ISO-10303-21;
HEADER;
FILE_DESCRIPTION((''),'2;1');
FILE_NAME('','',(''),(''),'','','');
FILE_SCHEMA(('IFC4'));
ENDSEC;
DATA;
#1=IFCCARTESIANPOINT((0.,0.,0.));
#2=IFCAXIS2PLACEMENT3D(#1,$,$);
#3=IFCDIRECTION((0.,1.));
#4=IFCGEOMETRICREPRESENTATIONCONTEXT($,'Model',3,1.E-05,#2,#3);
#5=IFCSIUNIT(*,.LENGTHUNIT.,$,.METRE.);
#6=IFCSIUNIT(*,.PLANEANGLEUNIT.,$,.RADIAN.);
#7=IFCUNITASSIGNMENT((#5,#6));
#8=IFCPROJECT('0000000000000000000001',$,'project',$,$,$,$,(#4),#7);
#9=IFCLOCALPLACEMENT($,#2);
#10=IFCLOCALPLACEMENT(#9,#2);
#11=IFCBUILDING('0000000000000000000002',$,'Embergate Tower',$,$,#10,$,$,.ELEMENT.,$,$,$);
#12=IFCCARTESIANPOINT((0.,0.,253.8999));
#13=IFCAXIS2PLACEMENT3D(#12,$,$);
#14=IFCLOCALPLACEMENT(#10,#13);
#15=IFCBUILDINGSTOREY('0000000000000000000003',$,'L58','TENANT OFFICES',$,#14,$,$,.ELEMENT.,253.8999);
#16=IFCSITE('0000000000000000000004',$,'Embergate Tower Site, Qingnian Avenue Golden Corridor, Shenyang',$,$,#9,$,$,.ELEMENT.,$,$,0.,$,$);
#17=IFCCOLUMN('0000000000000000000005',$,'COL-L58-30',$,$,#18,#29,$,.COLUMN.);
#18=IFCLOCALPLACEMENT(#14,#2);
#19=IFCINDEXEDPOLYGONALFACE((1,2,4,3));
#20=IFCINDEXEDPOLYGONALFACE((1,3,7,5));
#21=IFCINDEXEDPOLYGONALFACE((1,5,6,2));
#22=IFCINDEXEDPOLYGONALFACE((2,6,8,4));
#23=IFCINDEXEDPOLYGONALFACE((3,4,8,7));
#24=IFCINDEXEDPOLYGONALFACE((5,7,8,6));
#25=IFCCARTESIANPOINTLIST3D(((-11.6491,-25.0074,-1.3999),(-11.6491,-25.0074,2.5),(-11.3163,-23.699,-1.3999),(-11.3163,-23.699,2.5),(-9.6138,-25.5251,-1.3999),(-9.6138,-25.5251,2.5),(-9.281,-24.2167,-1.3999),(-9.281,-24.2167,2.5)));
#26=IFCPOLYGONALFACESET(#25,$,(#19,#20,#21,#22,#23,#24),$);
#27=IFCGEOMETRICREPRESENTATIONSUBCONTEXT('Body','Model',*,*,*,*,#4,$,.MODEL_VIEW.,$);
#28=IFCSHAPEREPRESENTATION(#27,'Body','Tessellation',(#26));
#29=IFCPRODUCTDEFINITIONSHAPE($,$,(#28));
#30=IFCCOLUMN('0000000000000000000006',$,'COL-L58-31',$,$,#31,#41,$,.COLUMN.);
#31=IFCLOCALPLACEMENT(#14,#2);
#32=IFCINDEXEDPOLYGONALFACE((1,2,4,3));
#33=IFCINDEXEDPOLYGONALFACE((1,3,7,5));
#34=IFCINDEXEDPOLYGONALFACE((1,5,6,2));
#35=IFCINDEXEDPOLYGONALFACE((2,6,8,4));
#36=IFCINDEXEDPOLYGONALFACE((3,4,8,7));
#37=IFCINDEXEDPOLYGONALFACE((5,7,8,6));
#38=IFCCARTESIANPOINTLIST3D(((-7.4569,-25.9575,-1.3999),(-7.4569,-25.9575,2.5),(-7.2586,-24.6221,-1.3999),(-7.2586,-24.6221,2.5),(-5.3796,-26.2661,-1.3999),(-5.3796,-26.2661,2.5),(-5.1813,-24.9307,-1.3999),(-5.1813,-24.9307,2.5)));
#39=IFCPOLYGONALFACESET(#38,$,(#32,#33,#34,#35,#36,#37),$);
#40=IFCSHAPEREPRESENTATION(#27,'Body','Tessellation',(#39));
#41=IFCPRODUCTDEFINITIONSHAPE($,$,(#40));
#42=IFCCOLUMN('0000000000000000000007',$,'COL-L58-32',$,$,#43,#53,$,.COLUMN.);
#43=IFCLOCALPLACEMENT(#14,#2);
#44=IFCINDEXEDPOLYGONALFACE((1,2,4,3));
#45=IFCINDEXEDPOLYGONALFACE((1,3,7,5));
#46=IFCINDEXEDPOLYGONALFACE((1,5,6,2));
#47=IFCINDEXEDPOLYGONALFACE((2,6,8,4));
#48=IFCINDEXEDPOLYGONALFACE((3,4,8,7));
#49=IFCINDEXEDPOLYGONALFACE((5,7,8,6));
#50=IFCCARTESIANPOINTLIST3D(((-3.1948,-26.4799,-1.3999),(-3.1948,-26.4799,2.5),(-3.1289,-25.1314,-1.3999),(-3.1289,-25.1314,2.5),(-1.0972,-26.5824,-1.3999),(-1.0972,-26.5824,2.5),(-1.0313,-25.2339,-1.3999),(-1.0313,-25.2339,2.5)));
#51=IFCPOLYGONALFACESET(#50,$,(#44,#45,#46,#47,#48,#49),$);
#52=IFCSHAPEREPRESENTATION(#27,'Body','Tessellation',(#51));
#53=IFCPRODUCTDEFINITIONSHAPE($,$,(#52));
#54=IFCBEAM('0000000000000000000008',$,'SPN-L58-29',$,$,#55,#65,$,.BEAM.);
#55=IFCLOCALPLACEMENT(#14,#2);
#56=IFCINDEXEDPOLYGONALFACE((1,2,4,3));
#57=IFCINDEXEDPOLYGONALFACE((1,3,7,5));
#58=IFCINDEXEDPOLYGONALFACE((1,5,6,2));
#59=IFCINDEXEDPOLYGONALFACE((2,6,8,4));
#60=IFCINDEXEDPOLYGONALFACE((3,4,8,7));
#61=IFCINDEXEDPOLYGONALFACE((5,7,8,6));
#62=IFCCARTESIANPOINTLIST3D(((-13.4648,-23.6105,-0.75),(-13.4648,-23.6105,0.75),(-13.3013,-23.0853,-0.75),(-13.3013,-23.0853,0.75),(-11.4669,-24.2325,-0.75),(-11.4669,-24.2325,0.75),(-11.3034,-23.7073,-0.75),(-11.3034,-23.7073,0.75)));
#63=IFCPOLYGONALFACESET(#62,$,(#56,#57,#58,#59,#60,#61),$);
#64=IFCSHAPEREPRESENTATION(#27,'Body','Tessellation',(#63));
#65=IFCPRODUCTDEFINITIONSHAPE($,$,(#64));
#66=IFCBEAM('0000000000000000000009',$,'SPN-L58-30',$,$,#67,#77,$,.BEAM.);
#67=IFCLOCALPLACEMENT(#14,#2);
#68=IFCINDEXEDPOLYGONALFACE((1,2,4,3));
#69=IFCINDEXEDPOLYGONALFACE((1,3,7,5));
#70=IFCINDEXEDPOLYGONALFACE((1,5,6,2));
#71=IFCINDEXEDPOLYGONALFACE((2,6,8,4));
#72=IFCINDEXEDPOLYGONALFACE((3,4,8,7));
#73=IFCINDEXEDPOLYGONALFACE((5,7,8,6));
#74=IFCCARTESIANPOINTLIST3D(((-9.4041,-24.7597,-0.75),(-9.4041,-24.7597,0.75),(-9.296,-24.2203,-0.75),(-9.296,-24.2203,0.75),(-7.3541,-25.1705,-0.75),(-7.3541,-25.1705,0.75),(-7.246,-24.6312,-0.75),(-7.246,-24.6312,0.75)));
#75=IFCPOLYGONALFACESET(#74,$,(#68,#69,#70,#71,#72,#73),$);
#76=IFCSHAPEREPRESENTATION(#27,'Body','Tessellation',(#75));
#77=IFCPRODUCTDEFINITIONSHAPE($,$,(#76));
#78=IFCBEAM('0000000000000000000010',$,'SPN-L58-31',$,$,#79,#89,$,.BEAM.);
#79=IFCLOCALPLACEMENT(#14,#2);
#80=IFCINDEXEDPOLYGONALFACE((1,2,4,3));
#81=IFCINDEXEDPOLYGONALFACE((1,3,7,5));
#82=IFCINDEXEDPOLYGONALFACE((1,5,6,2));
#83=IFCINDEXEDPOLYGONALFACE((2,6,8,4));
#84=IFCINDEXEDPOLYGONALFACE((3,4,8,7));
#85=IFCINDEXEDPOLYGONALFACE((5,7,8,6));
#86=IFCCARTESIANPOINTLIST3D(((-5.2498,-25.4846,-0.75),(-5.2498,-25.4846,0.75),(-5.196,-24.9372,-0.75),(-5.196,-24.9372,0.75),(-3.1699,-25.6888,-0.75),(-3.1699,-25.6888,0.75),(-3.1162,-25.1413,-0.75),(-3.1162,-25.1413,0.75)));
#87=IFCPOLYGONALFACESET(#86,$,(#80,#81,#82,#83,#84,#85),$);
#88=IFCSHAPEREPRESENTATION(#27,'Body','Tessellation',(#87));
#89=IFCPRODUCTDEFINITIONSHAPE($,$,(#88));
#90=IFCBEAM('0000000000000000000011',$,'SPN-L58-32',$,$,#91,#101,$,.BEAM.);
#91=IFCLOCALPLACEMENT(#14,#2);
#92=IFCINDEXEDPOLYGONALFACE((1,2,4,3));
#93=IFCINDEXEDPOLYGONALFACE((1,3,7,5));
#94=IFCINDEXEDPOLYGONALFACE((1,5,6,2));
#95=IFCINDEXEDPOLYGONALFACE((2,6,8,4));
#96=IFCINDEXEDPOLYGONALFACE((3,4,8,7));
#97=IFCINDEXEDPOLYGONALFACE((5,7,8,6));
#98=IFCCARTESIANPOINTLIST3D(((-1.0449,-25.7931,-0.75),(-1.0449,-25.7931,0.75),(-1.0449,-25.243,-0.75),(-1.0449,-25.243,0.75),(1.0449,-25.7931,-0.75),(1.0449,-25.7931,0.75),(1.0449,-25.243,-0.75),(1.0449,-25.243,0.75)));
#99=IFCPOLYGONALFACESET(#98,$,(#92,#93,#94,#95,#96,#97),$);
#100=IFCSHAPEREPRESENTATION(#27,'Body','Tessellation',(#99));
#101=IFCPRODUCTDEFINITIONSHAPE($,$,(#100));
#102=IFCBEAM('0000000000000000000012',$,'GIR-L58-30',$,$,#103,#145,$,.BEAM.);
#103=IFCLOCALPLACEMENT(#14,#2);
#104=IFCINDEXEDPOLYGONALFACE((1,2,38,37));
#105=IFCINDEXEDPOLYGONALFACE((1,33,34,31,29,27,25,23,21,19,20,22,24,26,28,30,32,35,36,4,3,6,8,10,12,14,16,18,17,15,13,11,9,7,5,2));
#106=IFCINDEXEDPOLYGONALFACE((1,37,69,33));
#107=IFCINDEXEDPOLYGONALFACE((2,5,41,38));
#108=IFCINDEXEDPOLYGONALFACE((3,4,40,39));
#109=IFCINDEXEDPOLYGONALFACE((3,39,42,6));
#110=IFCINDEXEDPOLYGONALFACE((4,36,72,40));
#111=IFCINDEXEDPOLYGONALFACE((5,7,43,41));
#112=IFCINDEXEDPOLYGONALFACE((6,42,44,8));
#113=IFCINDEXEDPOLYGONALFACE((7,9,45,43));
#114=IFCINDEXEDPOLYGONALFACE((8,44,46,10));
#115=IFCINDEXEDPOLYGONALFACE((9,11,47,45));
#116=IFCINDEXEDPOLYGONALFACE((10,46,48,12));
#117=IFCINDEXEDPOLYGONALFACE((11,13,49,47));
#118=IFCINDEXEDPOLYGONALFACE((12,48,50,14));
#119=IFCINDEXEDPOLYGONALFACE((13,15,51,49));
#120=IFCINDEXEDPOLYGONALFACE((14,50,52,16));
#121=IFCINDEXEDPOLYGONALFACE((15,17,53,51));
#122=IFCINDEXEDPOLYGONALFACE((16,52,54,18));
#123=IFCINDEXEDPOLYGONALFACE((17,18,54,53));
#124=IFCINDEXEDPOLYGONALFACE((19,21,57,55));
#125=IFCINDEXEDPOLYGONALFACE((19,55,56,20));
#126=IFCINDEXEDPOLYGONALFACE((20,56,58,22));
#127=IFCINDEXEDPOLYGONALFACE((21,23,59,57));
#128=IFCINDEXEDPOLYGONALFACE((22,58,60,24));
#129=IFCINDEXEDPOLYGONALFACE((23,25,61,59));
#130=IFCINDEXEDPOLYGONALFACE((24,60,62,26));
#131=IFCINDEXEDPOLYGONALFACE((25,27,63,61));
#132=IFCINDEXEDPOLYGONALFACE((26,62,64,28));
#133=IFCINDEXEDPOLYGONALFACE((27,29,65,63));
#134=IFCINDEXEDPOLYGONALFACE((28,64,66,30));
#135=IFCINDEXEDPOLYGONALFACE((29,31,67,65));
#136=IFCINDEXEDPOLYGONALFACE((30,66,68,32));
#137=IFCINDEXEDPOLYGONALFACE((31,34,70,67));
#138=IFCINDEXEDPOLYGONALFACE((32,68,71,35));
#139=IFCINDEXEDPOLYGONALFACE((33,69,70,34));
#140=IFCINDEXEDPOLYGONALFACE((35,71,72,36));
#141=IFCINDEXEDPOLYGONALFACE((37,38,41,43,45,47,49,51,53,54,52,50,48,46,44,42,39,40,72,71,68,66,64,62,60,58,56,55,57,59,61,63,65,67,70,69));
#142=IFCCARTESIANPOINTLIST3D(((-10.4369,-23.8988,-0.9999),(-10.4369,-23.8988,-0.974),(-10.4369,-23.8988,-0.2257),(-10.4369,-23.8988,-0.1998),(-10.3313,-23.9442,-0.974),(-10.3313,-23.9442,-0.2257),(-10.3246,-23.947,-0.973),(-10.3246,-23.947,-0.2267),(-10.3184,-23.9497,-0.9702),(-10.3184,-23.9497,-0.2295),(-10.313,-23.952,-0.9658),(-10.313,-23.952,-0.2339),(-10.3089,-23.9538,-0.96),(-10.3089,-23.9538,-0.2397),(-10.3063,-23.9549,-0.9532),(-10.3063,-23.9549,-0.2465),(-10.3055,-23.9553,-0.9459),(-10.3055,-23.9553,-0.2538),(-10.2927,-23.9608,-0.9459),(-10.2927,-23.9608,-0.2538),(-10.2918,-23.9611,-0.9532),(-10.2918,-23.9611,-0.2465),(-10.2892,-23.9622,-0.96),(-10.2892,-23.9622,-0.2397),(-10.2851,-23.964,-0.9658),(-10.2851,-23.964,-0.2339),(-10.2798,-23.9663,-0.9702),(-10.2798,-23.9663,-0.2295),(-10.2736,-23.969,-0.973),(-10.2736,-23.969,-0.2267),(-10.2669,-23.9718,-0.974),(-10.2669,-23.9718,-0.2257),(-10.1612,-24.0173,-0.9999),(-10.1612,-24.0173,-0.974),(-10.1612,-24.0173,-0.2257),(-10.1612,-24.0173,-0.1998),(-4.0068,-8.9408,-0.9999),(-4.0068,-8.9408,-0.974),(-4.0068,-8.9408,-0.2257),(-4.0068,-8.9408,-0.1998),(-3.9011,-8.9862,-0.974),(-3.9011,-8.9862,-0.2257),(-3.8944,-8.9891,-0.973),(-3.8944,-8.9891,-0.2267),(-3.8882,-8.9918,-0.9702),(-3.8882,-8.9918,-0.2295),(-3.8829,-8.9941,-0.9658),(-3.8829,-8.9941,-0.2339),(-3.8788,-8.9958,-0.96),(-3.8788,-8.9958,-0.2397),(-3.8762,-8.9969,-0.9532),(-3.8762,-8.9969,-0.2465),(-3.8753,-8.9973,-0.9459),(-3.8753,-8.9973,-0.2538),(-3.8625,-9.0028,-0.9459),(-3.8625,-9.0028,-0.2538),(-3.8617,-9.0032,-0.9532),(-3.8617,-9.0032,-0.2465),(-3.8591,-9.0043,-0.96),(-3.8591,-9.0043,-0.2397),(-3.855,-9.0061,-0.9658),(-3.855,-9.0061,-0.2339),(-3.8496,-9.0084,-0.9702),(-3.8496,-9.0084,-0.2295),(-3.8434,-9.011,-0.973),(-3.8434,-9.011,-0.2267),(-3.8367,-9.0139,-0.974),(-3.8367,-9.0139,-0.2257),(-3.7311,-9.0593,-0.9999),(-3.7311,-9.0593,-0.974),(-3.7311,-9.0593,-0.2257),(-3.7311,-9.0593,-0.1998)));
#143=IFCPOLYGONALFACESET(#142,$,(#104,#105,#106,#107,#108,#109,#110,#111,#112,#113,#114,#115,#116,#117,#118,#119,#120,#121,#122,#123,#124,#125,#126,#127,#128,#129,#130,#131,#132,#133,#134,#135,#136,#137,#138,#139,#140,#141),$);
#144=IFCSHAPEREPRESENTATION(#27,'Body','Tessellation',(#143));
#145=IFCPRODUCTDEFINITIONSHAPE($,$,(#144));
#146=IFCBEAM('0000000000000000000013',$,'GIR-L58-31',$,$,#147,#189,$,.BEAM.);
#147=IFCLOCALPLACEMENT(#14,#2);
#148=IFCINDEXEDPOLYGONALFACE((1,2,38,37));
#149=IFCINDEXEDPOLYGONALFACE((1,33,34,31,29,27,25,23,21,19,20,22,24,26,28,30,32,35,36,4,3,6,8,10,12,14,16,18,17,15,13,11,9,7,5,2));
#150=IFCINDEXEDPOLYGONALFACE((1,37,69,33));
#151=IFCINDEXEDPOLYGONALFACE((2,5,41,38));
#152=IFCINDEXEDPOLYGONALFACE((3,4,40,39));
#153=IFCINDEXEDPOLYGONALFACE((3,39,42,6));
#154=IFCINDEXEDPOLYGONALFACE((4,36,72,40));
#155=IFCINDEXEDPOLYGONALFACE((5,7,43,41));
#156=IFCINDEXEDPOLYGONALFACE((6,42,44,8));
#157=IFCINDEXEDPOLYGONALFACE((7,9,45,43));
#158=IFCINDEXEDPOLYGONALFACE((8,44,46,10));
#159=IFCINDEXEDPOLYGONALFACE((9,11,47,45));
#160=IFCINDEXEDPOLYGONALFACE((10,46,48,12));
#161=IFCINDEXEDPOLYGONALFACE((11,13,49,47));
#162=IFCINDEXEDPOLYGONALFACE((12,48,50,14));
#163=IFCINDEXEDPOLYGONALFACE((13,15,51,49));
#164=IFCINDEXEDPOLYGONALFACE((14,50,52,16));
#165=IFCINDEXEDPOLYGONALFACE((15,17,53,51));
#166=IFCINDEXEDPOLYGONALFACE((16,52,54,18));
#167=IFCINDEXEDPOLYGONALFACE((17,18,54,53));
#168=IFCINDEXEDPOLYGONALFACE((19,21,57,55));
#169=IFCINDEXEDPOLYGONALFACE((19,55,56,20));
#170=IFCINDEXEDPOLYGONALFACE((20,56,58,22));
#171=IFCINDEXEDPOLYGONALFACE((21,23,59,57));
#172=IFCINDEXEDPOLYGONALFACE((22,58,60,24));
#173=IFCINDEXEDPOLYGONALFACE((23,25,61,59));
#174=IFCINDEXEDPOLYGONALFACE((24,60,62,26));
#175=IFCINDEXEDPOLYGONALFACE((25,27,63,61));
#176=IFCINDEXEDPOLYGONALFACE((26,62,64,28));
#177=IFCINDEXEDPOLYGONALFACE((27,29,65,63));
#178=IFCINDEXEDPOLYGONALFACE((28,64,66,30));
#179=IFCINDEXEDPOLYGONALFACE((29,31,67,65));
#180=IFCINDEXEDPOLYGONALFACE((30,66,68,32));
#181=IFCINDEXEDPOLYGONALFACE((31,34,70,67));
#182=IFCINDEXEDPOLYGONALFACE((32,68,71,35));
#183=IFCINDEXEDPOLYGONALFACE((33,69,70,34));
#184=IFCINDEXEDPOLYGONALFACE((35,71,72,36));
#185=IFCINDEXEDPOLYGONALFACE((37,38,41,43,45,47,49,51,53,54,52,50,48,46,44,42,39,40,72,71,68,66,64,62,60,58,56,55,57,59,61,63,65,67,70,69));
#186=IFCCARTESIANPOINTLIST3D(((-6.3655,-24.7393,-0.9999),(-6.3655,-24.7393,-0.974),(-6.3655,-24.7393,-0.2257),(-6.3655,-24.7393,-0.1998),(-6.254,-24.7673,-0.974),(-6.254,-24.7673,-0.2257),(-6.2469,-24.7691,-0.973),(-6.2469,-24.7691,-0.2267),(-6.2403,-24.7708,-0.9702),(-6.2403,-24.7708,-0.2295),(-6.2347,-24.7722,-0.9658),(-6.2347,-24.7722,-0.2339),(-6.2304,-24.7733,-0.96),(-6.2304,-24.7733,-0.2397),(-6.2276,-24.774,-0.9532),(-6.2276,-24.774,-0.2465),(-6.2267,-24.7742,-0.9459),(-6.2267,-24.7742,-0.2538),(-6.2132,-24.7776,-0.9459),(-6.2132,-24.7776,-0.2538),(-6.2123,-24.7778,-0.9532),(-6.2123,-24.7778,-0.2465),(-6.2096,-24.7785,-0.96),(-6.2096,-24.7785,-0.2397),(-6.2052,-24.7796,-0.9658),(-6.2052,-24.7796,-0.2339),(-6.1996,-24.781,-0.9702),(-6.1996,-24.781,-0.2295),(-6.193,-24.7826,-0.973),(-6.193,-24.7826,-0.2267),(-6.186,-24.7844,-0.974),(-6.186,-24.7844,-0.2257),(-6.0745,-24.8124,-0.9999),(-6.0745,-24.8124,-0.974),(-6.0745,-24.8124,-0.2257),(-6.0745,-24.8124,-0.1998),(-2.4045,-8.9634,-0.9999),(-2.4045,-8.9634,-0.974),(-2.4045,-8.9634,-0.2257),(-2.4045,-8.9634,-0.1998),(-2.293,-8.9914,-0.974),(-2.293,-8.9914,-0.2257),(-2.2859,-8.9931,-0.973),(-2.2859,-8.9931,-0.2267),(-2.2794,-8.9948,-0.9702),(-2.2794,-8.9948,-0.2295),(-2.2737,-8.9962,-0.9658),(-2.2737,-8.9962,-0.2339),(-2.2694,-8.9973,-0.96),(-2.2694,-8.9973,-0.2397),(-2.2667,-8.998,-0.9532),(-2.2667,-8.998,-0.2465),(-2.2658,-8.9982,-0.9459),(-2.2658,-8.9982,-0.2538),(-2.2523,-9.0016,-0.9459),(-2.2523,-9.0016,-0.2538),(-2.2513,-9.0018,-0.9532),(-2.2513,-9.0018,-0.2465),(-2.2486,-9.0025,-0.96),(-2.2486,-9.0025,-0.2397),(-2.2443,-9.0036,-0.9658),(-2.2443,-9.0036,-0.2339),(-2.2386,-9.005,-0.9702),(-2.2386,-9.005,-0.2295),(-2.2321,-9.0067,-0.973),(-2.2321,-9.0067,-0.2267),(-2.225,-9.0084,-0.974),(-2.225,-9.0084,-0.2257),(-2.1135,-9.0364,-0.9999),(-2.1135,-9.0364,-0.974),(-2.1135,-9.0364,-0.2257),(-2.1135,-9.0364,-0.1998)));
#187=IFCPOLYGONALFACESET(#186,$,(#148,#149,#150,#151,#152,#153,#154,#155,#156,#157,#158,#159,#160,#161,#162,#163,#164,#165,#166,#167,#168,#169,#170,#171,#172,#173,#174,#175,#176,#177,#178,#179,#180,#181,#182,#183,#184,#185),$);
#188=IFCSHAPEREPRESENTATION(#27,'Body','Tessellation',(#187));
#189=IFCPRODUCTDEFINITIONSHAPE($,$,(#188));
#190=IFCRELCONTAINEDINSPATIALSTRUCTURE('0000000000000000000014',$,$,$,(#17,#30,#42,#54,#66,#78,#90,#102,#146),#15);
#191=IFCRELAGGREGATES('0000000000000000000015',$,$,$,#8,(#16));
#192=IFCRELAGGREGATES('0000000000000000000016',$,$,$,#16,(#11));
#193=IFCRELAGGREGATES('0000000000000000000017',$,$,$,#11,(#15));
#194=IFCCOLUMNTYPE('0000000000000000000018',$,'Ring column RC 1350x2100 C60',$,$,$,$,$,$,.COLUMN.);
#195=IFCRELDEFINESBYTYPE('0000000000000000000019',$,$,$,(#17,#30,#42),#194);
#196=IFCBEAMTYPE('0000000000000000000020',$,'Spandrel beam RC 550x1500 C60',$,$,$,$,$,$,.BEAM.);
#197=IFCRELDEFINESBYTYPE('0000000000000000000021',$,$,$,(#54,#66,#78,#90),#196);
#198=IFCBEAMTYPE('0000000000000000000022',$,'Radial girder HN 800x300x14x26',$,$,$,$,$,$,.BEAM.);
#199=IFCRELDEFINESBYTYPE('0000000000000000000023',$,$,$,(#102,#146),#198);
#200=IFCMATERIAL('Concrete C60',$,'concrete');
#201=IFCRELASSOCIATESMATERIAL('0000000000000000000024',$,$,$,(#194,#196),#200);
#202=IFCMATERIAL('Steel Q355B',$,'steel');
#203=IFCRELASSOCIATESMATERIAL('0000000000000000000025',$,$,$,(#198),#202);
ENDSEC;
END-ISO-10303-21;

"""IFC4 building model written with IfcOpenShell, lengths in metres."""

from ifc_helpers import new_model, si_unit, direction, frame, origin, origin_2d, place, context, subcontext, project, spatial, rectangle, i_section, extrude, source, transform, mapped, material, material_profile, profile_set, type_object, element, save


model = new_model("IFC4")

# Units and contexts
model_context = context("Model", 3, precision=1e-05, world=origin(), true_north=direction((0.0, 1.0)))
body_context = subcontext(model_context, "Body", "Model", "MODEL_VIEW")
ifc_project = project(units=[si_unit("LENGTHUNIT", "METRE"), si_unit("PLANEANGLEUNIT", "RADIAN")], contexts=[model_context])

# Site, building, storey
site_placement = place(None, origin())
site = spatial("IfcSite", under=ifc_project, at=site_placement, Name="Embergate Tower Site, Qingnian Avenue Golden Corridor, Shenyang", CompositionType="ELEMENT", RefElevation=0.0)
building_placement = place(site_placement, origin())
building = spatial("IfcBuilding", under=site, at=building_placement, Name="Embergate Tower", CompositionType="ELEMENT")
storey_placement = place(building_placement, frame((0.0, 0.0, 253.8999)))
storey = spatial("IfcBuildingStorey", under=building, at=storey_placement, Name="L58", Description="TENANT OFFICES", CompositionType="ELEMENT", Elevation=253.8999)

# Columns
ifc_material_1 = material(Name="Concrete C60", Category="concrete")
ifc_material_profile_1 = material_profile(ifc_material_1, rectangle(XDim=1.3501, YDim=2.1001, at=origin_2d()), Name="RC 1350x2100")
ifc_profile_set_1 = profile_set([ifc_material_profile_1], Name="Concrete C60")
column_type = type_object("IfcColumnType", Name="Ring column RC 1350x2100 C60", PredefinedType="COLUMN", material=ifc_profile_set_1)
shared_shape_1 = source(origin(), body_context, "Body", "SweptSolid", [
    extrude(rectangle(XDim=1.3501, YDim=2.1001, at=origin_2d()), origin(), (0.0, 0.0, 1.0), 3.8999),
])
for number, where, z_axis, x_axis, name in (
    (1, (-10.4651, -24.6121, -1.3999), (0.0, 0.0, 1.0), (-0.246509, -0.969141, 0.0), "COL-L58-30"),
    (2, (-6.3191, -25.4441, -1.3999), (0.0, 0.0, 1.0), (-0.146929, -0.989147, 0.0), "COL-L58-31"),
    (3, (-2.113, -25.8569, -1.3999), (0.0, 0.0, 1.0), (-0.048815, -0.998808, 0.0), "COL-L58-32"),
):
    element("IfcColumn", number, at=place(storey_placement, frame(where, z_axis=z_axis, x_axis=x_axis)), inside=storey, type_object=column_type, Name=name, PredefinedType="COLUMN", context=body_context, shape_type="MappedRepresentation", body=[
        mapped(shared_shape_1, transform((0.0, 0.0, 0.0))),
    ])

# Beams
ifc_material_profile_2 = material_profile(ifc_material_1, rectangle(XDim=0.55, YDim=1.5, at=origin_2d()), Name="RC 550x1500")
ifc_profile_set_2 = profile_set([ifc_material_profile_2], Name="Concrete C60")
beam_type_1 = type_object("IfcBeamType", Name="Spandrel beam RC 550x1500 C60", PredefinedType="BEAM", material=ifc_profile_set_2)
shared_shape_2 = source(origin(), body_context, "Body", "SweptSolid", [
    extrude(rectangle(XDim=0.55, YDim=1.5, at=origin_2d()), origin(), (0.0, 0.0, 1.0), 2.0925),
])
beam_1_placement = place(storey_placement, frame((-13.3831, -23.3479, 0.0), z_axis=(0.954795, -0.297265, 0.0), x_axis=(0.297265, 0.954795, 0.0)))
element("IfcBeam", 4, at=beam_1_placement, inside=storey, type_object=beam_type_1, Name="SPN-L58-29", PredefinedType="BEAM", context=body_context, shape_type="MappedRepresentation", body=[
    mapped(shared_shape_2, transform((0.0, 0.0, 0.0))),
])
shared_shape_3 = source(origin(), body_context, "Body", "SweptSolid", [
    extrude(rectangle(XDim=0.55, YDim=1.5, at=origin_2d()), origin(), (0.0, 0.0, 1.0), 2.0908),
])
beam_2_placement = place(storey_placement, frame((-9.3501, -24.49, 0.0), z_axis=(0.9805, -0.19652, 0.0), x_axis=(0.19652, 0.9805, 0.0)))
element("IfcBeam", 5, at=beam_2_placement, inside=storey, type_object=beam_type_1, Name="SPN-L58-30", PredefinedType="BEAM", context=body_context, shape_type="MappedRepresentation", body=[
    mapped(shared_shape_3, transform((0.0, 0.0, 0.0))),
])
shared_shape_4 = source(origin(), body_context, "Body", "SweptSolid", [
    extrude(rectangle(XDim=0.55, YDim=1.5, at=origin_2d()), origin(), (0.0, 0.0, 1.0), 2.0898),
])
for number, where, z_axis, x_axis, name in (
    (6, (-5.2229, -25.2109, 0.0), (0.995219, -0.097664, 0.0), (0.097664, 0.995219, 0.0), "SPN-L58-31"),
    (7, (-1.0449, -25.5181, 0.0), (1.0, 0.0, 0.0), (0.0, 1.0, 0.0), "SPN-L58-32"),
):
    element("IfcBeam", number, at=place(storey_placement, frame(where, z_axis=z_axis, x_axis=x_axis)), inside=storey, type_object=beam_type_1, Name=name, PredefinedType="BEAM", context=body_context, shape_type="MappedRepresentation", body=[
        mapped(shared_shape_4, transform((0.0, 0.0, 0.0))),
    ])
ifc_material_2 = material(Name="Steel Q355B", Category="steel")
ifc_material_profile_3 = material_profile(ifc_material_2, i_section(OverallWidth=0.3, OverallDepth=0.8, WebThickness=0.0139, FlangeThickness=0.0259, FilletRadius=0.0281, at=origin_2d()), Name="HN 800x300x14x26")
ifc_profile_set_3 = profile_set([ifc_material_profile_3], Name="Steel Q355 grade B")
beam_type_2 = type_object("IfcBeamType", Name="Radial girder HN 800x300x14x26", PredefinedType="BEAM", material=ifc_profile_set_3)
shared_shape_5 = source(origin(), body_context, "Body", "SweptSolid", [
    extrude(i_section(OverallWidth=0.3, OverallDepth=0.8, WebThickness=0.0139, FlangeThickness=0.0259, FilletRadius=0.0281, at=origin_2d()), origin(), (0.0, 0.0, 1.0), 16.2815),
])
beam_3_placement = place(storey_placement, frame((-10.2991, -23.958, -0.5999), z_axis=(0.394936, 0.918709, 0.0), x_axis=(-0.918709, 0.394936, 0.0)))
element("IfcBeam", 8, at=beam_3_placement, inside=storey, type_object=beam_type_2, Name="GIR-L58-30", PredefinedType="BEAM", context=body_context, shape_type="MappedRepresentation", body=[
    mapped(shared_shape_5, transform((0.0, 0.0, 0.0))),
])
shared_shape_6 = source(origin(), body_context, "Body", "SweptSolid", [
    extrude(i_section(OverallWidth=0.3, OverallDepth=0.8, WebThickness=0.0139, FlangeThickness=0.0259, FilletRadius=0.0281, at=origin_2d()), origin(), (0.0, 0.0, 1.0), 16.2656),
])
beam_4_placement = place(storey_placement, frame((-6.22, -24.7759, -0.5999), z_axis=(0.243517, 0.969897, 0.0), x_axis=(-0.969897, 0.243517, 0.0)))
element("IfcBeam", 9, at=beam_4_placement, inside=storey, type_object=beam_type_2, Name="GIR-L58-31", PredefinedType="BEAM", context=body_context, shape_type="MappedRepresentation", body=[
    mapped(shared_shape_6, transform((0.0, 0.0, 0.0))),
])

save(model, "model.ifc")
